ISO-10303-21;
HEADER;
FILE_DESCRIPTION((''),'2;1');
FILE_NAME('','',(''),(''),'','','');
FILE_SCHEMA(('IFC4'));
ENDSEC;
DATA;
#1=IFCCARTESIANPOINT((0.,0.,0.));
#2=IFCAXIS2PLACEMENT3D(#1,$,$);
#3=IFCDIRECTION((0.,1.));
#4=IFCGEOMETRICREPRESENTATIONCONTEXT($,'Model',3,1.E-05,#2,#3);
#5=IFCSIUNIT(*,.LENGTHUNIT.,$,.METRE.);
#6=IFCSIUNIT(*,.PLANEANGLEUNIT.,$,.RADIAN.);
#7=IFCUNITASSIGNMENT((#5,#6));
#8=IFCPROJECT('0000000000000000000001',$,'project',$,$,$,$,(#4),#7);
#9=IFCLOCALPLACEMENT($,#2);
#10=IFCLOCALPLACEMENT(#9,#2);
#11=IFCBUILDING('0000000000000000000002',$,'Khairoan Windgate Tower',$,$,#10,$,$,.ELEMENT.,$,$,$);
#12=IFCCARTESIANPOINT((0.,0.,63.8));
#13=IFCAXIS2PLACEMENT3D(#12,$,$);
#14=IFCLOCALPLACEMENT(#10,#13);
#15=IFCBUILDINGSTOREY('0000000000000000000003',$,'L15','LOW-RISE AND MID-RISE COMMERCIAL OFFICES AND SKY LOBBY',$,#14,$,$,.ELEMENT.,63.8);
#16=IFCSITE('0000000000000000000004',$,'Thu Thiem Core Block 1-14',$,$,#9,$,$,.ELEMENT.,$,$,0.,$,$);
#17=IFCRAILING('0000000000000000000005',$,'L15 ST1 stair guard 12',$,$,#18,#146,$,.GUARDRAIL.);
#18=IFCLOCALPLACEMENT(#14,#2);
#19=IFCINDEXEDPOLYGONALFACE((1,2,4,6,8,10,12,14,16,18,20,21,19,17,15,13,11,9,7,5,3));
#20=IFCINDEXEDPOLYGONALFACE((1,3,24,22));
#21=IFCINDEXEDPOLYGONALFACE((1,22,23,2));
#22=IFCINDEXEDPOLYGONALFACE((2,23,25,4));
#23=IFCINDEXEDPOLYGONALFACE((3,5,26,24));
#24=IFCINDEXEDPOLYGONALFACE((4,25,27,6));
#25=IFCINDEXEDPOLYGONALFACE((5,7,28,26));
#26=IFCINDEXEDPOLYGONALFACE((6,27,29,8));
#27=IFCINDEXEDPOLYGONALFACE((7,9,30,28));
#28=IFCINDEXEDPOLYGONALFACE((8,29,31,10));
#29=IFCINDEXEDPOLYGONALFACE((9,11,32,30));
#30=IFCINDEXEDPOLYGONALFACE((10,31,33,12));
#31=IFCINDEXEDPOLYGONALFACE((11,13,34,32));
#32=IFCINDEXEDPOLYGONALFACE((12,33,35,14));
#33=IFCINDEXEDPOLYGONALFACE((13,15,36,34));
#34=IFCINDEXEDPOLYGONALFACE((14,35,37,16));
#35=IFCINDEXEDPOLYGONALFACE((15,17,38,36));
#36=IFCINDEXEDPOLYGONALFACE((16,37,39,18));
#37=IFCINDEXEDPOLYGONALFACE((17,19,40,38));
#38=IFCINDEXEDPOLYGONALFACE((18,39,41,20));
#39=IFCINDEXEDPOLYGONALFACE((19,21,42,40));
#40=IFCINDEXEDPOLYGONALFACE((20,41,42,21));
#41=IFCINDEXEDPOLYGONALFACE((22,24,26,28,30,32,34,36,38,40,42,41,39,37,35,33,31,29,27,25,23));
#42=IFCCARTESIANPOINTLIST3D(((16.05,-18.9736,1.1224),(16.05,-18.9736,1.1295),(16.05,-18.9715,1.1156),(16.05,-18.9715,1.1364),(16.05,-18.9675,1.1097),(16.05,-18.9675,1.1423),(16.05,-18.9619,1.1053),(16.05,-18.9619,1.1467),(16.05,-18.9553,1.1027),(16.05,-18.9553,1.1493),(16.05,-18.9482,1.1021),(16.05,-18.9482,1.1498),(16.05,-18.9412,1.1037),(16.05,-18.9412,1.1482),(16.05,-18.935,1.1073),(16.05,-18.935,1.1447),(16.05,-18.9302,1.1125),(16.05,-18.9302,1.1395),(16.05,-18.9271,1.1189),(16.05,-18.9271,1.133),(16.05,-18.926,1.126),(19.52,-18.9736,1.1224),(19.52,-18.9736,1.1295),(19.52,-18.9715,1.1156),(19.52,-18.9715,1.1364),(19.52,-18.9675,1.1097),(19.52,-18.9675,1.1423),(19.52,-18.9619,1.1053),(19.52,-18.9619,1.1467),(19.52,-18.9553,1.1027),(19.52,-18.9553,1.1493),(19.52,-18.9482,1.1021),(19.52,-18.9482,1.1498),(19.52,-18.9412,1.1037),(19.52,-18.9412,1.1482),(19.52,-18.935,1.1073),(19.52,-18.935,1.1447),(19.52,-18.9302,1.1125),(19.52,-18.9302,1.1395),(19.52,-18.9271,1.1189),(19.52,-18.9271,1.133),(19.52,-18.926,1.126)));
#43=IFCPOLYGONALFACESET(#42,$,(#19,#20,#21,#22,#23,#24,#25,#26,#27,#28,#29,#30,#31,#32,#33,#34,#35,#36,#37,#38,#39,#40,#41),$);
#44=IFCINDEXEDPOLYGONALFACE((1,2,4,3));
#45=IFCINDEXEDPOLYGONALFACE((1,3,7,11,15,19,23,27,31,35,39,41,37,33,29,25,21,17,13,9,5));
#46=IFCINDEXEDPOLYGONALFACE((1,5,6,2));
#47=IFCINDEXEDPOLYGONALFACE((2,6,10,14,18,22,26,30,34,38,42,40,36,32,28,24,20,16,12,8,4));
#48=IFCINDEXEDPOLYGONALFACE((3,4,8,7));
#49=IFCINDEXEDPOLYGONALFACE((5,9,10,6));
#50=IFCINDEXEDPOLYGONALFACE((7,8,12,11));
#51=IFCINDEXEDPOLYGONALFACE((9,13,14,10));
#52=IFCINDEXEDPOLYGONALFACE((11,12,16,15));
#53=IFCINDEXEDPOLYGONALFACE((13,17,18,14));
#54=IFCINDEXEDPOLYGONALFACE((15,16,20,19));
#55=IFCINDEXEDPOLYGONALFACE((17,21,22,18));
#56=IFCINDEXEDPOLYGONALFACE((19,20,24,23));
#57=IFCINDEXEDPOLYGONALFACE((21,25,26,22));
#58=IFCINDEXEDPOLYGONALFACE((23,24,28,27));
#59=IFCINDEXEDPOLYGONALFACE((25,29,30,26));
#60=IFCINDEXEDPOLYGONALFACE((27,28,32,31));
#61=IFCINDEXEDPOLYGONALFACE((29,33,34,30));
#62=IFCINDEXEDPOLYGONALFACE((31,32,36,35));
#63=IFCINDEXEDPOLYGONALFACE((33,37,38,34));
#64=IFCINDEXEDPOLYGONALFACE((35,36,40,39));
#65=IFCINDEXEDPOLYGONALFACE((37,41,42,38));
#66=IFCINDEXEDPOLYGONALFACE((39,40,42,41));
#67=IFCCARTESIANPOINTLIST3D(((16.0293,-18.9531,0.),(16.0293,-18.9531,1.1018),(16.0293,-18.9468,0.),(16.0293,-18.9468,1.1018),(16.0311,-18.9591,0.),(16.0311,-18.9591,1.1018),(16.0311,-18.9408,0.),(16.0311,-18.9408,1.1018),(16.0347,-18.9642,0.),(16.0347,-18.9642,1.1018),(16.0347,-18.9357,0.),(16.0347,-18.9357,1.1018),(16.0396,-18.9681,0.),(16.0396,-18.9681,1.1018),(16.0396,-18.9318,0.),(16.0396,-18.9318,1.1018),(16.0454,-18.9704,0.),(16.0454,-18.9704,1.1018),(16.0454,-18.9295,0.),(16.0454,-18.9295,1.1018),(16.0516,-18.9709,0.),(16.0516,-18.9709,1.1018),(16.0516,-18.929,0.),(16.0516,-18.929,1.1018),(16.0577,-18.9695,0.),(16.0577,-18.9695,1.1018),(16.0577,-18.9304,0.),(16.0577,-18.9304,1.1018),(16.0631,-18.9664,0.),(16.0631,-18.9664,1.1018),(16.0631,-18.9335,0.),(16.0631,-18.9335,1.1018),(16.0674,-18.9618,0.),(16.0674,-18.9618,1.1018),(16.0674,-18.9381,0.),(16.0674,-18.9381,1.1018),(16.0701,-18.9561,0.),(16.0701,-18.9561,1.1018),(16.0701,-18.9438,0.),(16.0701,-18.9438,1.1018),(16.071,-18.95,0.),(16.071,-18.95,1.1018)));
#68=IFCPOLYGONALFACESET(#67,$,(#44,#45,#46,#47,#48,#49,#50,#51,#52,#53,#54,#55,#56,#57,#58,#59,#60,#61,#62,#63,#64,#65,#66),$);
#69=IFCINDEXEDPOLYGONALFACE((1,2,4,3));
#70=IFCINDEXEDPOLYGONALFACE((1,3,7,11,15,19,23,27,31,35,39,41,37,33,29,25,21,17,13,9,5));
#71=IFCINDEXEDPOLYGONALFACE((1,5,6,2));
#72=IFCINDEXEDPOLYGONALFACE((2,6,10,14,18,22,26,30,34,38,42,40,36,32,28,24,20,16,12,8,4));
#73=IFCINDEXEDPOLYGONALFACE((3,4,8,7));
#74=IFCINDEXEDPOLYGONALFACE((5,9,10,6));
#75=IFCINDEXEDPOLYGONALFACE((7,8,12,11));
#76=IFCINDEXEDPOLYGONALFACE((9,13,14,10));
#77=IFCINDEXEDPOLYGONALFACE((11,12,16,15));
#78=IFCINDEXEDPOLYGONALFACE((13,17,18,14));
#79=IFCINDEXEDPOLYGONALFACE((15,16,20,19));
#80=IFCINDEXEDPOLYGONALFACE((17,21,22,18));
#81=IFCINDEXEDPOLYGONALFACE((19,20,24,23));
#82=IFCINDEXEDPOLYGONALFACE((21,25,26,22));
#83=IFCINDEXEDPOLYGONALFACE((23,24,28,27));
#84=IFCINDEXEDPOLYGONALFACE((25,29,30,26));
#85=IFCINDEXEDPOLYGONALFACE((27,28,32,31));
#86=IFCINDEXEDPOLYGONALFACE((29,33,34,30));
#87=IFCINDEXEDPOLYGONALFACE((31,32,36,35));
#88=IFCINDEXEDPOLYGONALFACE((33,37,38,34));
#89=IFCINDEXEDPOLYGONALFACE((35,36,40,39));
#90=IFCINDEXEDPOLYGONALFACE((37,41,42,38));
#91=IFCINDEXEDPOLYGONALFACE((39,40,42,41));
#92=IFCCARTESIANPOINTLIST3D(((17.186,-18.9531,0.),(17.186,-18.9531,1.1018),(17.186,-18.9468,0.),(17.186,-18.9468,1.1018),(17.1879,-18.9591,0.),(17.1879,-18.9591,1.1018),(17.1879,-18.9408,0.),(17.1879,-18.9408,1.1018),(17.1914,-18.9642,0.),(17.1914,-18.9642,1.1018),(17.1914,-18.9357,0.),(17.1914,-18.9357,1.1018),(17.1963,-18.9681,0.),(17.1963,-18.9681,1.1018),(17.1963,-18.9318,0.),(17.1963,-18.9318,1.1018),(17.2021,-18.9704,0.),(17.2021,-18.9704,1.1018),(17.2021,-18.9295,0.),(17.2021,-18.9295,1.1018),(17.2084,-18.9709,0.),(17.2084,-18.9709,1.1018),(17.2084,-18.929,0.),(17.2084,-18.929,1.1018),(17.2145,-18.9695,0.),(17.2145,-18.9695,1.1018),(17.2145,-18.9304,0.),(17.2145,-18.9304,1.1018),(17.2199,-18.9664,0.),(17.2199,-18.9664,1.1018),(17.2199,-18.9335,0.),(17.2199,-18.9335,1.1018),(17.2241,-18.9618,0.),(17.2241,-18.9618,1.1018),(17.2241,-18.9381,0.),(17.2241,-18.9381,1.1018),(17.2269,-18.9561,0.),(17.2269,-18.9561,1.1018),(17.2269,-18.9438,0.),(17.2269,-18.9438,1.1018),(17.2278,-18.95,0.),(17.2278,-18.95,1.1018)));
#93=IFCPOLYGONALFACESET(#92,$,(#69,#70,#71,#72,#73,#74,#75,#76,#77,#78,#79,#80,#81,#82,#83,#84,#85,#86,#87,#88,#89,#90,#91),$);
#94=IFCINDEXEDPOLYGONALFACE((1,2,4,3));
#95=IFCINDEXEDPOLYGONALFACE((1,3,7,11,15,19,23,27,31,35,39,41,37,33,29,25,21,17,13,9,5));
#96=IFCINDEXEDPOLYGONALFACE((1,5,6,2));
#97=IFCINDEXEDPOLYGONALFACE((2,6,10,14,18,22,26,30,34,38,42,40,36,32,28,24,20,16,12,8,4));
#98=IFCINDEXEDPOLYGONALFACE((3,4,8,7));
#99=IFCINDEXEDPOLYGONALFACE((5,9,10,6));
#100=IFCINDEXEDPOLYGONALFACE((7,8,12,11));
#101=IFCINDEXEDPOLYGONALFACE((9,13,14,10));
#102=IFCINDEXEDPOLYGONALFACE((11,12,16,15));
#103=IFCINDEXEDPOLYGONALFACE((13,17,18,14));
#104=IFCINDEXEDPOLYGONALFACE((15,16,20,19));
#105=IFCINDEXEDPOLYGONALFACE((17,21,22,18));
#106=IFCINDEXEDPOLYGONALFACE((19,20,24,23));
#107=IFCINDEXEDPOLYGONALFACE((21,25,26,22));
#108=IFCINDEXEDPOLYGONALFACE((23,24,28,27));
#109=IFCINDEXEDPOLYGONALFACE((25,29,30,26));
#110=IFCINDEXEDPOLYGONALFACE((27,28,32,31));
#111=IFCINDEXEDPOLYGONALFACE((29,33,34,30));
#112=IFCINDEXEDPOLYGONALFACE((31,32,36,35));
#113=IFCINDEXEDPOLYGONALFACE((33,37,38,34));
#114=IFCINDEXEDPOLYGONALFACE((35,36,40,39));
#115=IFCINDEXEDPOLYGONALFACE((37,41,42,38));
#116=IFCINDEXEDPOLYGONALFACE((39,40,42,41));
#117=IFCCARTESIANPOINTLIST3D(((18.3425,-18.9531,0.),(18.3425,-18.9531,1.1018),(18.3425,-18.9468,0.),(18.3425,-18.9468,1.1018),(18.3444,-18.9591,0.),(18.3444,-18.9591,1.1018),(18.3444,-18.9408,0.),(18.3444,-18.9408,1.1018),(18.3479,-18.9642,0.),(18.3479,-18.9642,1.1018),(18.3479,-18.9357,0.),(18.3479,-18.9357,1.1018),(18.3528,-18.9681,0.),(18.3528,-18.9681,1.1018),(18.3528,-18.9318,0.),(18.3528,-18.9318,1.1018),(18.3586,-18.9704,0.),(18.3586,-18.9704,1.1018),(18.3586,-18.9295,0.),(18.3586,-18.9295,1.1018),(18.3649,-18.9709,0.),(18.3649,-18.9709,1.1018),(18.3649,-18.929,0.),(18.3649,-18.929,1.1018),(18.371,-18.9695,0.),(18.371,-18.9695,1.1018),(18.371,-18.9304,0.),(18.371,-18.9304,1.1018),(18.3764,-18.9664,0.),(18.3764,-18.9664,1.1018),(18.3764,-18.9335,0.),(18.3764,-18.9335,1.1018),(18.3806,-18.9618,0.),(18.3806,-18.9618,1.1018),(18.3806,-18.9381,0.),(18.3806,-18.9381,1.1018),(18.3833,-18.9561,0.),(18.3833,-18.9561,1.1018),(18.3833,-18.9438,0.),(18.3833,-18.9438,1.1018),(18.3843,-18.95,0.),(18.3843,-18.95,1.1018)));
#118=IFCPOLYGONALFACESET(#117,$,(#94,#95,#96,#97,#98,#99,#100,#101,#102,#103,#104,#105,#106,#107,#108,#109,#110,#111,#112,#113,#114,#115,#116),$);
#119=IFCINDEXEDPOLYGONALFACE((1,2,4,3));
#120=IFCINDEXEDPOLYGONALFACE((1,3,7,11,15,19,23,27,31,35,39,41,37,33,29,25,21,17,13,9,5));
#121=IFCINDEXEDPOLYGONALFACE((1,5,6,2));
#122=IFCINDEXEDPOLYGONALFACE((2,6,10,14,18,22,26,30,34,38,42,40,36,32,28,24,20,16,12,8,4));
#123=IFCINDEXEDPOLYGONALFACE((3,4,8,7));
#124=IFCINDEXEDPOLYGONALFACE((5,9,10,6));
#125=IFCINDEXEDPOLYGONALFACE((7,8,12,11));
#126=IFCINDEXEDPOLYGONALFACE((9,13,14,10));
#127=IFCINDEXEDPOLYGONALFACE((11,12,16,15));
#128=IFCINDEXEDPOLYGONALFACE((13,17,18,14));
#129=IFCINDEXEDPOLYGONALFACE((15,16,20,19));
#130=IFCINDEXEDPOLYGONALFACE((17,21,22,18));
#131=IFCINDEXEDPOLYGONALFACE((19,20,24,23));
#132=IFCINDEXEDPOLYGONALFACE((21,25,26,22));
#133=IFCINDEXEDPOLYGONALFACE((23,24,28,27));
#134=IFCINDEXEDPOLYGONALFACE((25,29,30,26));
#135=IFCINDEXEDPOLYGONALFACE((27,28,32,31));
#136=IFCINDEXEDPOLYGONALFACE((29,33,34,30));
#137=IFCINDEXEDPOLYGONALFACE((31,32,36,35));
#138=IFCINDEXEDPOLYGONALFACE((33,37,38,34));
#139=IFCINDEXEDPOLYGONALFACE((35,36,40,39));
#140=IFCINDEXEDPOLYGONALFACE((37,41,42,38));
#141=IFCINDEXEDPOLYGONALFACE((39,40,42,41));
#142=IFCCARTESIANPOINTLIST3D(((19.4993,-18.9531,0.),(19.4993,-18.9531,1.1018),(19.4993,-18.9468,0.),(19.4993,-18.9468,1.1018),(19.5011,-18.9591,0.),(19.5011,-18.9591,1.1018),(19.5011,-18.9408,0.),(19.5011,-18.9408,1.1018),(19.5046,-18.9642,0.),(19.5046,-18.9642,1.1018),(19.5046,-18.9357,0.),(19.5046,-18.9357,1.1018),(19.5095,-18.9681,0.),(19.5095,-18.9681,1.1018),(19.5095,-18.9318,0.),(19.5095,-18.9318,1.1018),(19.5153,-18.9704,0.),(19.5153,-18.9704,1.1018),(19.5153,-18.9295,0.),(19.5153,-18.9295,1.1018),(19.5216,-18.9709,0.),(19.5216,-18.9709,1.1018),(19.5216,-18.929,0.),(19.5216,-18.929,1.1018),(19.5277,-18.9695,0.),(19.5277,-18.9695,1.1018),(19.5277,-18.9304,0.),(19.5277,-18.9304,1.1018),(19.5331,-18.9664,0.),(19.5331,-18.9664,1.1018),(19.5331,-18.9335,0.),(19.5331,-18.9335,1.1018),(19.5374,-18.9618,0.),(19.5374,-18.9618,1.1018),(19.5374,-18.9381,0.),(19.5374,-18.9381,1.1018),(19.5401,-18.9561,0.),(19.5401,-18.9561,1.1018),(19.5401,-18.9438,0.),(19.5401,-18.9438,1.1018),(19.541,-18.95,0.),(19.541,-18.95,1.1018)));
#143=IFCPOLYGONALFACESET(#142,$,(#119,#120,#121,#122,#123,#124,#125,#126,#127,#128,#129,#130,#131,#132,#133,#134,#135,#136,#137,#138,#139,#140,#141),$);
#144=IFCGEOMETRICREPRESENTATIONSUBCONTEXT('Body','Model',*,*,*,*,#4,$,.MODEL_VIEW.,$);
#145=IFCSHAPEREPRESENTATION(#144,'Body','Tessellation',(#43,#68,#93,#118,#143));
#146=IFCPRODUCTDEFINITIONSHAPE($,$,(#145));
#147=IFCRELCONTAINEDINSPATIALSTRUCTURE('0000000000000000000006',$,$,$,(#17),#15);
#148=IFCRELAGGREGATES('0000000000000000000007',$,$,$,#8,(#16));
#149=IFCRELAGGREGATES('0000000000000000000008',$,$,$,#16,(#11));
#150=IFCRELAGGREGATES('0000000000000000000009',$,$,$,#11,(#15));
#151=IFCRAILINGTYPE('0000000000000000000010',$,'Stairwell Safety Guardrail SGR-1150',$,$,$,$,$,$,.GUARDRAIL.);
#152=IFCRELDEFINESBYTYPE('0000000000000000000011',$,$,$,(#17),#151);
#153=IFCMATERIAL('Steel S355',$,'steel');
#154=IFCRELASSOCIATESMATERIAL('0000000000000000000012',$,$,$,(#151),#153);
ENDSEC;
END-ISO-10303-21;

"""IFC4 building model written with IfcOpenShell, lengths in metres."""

from ifc_helpers import new_model, si_unit, direction, frame, origin, origin_2d, place, context, subcontext, project, spatial, circle, extrude, material, type_object, element, save


model = new_model("IFC4")

# Units and contexts
model_context = context("Model", 3, precision=1e-05, world=origin(), true_north=direction((0.0, 1.0)))
body_context = subcontext(model_context, "Body", "Model", "MODEL_VIEW")
ifc_project = project(units=[si_unit("LENGTHUNIT", "METRE"), si_unit("PLANEANGLEUNIT", "RADIAN")], contexts=[model_context])

# Site, building, storey
site_placement = place(None, origin())
building_placement = place(site_placement, origin())
storey_placement = place(building_placement, frame((0.0, 0.0, 63.8)))
site = spatial("IfcSite", under=ifc_project, at=site_placement, Name="Thu Thiem Core Block 1-14", CompositionType="ELEMENT", RefElevation=0.0)
building = spatial("IfcBuilding", under=site, at=building_placement, Name="Khairoan Windgate Tower", CompositionType="ELEMENT")
storey = spatial("IfcBuildingStorey", under=building, at=storey_placement, Name="L15", Description="LOW-RISE AND MID-RISE COMMERCIAL OFFICES AND SKY LOBBY", CompositionType="ELEMENT", Elevation=63.8)

# Railing
ifc_material_1 = material(Name="Steel S355", Category="steel")
railing_type = type_object("IfcRailingType", Name="Stairwell Safety Guardrail SGR-1150", PredefinedType="GUARDRAIL", material=ifc_material_1)
railing_placement = place(storey_placement, frame((16.05, -18.95, 0.0)))
element("IfcRailing", 1, at=railing_placement, inside=storey, type_object=railing_type, Name="L15 ST1 stair guard 12", PredefinedType="GUARDRAIL", context=body_context, shape_type="SweptSolid", body=[
    extrude(circle(Radius=0.0239, at=origin_2d()), frame((0.0, 0.0, 1.126), z_axis=(1.0, 0.0, 0.0), x_axis=(0.0, 1.0, 0.0)), (0.0, 0.0, 1.0), 3.47),
    extrude(circle(Radius=0.021, at=origin_2d()), origin(), (0.0, 0.0, 1.0), 1.1018),
    extrude(circle(Radius=0.021, at=origin_2d()), frame((1.1567, 0.0, 0.0)), (0.0, 0.0, 1.0), 1.1018),
    extrude(circle(Radius=0.021, at=origin_2d()), frame((2.3132, 0.0, 0.0)), (0.0, 0.0, 1.0), 1.1018),
    extrude(circle(Radius=0.021, at=origin_2d()), frame((3.47, 0.0, 0.0)), (0.0, 0.0, 1.0), 1.1018),
])

save(model, "model.ifc")
